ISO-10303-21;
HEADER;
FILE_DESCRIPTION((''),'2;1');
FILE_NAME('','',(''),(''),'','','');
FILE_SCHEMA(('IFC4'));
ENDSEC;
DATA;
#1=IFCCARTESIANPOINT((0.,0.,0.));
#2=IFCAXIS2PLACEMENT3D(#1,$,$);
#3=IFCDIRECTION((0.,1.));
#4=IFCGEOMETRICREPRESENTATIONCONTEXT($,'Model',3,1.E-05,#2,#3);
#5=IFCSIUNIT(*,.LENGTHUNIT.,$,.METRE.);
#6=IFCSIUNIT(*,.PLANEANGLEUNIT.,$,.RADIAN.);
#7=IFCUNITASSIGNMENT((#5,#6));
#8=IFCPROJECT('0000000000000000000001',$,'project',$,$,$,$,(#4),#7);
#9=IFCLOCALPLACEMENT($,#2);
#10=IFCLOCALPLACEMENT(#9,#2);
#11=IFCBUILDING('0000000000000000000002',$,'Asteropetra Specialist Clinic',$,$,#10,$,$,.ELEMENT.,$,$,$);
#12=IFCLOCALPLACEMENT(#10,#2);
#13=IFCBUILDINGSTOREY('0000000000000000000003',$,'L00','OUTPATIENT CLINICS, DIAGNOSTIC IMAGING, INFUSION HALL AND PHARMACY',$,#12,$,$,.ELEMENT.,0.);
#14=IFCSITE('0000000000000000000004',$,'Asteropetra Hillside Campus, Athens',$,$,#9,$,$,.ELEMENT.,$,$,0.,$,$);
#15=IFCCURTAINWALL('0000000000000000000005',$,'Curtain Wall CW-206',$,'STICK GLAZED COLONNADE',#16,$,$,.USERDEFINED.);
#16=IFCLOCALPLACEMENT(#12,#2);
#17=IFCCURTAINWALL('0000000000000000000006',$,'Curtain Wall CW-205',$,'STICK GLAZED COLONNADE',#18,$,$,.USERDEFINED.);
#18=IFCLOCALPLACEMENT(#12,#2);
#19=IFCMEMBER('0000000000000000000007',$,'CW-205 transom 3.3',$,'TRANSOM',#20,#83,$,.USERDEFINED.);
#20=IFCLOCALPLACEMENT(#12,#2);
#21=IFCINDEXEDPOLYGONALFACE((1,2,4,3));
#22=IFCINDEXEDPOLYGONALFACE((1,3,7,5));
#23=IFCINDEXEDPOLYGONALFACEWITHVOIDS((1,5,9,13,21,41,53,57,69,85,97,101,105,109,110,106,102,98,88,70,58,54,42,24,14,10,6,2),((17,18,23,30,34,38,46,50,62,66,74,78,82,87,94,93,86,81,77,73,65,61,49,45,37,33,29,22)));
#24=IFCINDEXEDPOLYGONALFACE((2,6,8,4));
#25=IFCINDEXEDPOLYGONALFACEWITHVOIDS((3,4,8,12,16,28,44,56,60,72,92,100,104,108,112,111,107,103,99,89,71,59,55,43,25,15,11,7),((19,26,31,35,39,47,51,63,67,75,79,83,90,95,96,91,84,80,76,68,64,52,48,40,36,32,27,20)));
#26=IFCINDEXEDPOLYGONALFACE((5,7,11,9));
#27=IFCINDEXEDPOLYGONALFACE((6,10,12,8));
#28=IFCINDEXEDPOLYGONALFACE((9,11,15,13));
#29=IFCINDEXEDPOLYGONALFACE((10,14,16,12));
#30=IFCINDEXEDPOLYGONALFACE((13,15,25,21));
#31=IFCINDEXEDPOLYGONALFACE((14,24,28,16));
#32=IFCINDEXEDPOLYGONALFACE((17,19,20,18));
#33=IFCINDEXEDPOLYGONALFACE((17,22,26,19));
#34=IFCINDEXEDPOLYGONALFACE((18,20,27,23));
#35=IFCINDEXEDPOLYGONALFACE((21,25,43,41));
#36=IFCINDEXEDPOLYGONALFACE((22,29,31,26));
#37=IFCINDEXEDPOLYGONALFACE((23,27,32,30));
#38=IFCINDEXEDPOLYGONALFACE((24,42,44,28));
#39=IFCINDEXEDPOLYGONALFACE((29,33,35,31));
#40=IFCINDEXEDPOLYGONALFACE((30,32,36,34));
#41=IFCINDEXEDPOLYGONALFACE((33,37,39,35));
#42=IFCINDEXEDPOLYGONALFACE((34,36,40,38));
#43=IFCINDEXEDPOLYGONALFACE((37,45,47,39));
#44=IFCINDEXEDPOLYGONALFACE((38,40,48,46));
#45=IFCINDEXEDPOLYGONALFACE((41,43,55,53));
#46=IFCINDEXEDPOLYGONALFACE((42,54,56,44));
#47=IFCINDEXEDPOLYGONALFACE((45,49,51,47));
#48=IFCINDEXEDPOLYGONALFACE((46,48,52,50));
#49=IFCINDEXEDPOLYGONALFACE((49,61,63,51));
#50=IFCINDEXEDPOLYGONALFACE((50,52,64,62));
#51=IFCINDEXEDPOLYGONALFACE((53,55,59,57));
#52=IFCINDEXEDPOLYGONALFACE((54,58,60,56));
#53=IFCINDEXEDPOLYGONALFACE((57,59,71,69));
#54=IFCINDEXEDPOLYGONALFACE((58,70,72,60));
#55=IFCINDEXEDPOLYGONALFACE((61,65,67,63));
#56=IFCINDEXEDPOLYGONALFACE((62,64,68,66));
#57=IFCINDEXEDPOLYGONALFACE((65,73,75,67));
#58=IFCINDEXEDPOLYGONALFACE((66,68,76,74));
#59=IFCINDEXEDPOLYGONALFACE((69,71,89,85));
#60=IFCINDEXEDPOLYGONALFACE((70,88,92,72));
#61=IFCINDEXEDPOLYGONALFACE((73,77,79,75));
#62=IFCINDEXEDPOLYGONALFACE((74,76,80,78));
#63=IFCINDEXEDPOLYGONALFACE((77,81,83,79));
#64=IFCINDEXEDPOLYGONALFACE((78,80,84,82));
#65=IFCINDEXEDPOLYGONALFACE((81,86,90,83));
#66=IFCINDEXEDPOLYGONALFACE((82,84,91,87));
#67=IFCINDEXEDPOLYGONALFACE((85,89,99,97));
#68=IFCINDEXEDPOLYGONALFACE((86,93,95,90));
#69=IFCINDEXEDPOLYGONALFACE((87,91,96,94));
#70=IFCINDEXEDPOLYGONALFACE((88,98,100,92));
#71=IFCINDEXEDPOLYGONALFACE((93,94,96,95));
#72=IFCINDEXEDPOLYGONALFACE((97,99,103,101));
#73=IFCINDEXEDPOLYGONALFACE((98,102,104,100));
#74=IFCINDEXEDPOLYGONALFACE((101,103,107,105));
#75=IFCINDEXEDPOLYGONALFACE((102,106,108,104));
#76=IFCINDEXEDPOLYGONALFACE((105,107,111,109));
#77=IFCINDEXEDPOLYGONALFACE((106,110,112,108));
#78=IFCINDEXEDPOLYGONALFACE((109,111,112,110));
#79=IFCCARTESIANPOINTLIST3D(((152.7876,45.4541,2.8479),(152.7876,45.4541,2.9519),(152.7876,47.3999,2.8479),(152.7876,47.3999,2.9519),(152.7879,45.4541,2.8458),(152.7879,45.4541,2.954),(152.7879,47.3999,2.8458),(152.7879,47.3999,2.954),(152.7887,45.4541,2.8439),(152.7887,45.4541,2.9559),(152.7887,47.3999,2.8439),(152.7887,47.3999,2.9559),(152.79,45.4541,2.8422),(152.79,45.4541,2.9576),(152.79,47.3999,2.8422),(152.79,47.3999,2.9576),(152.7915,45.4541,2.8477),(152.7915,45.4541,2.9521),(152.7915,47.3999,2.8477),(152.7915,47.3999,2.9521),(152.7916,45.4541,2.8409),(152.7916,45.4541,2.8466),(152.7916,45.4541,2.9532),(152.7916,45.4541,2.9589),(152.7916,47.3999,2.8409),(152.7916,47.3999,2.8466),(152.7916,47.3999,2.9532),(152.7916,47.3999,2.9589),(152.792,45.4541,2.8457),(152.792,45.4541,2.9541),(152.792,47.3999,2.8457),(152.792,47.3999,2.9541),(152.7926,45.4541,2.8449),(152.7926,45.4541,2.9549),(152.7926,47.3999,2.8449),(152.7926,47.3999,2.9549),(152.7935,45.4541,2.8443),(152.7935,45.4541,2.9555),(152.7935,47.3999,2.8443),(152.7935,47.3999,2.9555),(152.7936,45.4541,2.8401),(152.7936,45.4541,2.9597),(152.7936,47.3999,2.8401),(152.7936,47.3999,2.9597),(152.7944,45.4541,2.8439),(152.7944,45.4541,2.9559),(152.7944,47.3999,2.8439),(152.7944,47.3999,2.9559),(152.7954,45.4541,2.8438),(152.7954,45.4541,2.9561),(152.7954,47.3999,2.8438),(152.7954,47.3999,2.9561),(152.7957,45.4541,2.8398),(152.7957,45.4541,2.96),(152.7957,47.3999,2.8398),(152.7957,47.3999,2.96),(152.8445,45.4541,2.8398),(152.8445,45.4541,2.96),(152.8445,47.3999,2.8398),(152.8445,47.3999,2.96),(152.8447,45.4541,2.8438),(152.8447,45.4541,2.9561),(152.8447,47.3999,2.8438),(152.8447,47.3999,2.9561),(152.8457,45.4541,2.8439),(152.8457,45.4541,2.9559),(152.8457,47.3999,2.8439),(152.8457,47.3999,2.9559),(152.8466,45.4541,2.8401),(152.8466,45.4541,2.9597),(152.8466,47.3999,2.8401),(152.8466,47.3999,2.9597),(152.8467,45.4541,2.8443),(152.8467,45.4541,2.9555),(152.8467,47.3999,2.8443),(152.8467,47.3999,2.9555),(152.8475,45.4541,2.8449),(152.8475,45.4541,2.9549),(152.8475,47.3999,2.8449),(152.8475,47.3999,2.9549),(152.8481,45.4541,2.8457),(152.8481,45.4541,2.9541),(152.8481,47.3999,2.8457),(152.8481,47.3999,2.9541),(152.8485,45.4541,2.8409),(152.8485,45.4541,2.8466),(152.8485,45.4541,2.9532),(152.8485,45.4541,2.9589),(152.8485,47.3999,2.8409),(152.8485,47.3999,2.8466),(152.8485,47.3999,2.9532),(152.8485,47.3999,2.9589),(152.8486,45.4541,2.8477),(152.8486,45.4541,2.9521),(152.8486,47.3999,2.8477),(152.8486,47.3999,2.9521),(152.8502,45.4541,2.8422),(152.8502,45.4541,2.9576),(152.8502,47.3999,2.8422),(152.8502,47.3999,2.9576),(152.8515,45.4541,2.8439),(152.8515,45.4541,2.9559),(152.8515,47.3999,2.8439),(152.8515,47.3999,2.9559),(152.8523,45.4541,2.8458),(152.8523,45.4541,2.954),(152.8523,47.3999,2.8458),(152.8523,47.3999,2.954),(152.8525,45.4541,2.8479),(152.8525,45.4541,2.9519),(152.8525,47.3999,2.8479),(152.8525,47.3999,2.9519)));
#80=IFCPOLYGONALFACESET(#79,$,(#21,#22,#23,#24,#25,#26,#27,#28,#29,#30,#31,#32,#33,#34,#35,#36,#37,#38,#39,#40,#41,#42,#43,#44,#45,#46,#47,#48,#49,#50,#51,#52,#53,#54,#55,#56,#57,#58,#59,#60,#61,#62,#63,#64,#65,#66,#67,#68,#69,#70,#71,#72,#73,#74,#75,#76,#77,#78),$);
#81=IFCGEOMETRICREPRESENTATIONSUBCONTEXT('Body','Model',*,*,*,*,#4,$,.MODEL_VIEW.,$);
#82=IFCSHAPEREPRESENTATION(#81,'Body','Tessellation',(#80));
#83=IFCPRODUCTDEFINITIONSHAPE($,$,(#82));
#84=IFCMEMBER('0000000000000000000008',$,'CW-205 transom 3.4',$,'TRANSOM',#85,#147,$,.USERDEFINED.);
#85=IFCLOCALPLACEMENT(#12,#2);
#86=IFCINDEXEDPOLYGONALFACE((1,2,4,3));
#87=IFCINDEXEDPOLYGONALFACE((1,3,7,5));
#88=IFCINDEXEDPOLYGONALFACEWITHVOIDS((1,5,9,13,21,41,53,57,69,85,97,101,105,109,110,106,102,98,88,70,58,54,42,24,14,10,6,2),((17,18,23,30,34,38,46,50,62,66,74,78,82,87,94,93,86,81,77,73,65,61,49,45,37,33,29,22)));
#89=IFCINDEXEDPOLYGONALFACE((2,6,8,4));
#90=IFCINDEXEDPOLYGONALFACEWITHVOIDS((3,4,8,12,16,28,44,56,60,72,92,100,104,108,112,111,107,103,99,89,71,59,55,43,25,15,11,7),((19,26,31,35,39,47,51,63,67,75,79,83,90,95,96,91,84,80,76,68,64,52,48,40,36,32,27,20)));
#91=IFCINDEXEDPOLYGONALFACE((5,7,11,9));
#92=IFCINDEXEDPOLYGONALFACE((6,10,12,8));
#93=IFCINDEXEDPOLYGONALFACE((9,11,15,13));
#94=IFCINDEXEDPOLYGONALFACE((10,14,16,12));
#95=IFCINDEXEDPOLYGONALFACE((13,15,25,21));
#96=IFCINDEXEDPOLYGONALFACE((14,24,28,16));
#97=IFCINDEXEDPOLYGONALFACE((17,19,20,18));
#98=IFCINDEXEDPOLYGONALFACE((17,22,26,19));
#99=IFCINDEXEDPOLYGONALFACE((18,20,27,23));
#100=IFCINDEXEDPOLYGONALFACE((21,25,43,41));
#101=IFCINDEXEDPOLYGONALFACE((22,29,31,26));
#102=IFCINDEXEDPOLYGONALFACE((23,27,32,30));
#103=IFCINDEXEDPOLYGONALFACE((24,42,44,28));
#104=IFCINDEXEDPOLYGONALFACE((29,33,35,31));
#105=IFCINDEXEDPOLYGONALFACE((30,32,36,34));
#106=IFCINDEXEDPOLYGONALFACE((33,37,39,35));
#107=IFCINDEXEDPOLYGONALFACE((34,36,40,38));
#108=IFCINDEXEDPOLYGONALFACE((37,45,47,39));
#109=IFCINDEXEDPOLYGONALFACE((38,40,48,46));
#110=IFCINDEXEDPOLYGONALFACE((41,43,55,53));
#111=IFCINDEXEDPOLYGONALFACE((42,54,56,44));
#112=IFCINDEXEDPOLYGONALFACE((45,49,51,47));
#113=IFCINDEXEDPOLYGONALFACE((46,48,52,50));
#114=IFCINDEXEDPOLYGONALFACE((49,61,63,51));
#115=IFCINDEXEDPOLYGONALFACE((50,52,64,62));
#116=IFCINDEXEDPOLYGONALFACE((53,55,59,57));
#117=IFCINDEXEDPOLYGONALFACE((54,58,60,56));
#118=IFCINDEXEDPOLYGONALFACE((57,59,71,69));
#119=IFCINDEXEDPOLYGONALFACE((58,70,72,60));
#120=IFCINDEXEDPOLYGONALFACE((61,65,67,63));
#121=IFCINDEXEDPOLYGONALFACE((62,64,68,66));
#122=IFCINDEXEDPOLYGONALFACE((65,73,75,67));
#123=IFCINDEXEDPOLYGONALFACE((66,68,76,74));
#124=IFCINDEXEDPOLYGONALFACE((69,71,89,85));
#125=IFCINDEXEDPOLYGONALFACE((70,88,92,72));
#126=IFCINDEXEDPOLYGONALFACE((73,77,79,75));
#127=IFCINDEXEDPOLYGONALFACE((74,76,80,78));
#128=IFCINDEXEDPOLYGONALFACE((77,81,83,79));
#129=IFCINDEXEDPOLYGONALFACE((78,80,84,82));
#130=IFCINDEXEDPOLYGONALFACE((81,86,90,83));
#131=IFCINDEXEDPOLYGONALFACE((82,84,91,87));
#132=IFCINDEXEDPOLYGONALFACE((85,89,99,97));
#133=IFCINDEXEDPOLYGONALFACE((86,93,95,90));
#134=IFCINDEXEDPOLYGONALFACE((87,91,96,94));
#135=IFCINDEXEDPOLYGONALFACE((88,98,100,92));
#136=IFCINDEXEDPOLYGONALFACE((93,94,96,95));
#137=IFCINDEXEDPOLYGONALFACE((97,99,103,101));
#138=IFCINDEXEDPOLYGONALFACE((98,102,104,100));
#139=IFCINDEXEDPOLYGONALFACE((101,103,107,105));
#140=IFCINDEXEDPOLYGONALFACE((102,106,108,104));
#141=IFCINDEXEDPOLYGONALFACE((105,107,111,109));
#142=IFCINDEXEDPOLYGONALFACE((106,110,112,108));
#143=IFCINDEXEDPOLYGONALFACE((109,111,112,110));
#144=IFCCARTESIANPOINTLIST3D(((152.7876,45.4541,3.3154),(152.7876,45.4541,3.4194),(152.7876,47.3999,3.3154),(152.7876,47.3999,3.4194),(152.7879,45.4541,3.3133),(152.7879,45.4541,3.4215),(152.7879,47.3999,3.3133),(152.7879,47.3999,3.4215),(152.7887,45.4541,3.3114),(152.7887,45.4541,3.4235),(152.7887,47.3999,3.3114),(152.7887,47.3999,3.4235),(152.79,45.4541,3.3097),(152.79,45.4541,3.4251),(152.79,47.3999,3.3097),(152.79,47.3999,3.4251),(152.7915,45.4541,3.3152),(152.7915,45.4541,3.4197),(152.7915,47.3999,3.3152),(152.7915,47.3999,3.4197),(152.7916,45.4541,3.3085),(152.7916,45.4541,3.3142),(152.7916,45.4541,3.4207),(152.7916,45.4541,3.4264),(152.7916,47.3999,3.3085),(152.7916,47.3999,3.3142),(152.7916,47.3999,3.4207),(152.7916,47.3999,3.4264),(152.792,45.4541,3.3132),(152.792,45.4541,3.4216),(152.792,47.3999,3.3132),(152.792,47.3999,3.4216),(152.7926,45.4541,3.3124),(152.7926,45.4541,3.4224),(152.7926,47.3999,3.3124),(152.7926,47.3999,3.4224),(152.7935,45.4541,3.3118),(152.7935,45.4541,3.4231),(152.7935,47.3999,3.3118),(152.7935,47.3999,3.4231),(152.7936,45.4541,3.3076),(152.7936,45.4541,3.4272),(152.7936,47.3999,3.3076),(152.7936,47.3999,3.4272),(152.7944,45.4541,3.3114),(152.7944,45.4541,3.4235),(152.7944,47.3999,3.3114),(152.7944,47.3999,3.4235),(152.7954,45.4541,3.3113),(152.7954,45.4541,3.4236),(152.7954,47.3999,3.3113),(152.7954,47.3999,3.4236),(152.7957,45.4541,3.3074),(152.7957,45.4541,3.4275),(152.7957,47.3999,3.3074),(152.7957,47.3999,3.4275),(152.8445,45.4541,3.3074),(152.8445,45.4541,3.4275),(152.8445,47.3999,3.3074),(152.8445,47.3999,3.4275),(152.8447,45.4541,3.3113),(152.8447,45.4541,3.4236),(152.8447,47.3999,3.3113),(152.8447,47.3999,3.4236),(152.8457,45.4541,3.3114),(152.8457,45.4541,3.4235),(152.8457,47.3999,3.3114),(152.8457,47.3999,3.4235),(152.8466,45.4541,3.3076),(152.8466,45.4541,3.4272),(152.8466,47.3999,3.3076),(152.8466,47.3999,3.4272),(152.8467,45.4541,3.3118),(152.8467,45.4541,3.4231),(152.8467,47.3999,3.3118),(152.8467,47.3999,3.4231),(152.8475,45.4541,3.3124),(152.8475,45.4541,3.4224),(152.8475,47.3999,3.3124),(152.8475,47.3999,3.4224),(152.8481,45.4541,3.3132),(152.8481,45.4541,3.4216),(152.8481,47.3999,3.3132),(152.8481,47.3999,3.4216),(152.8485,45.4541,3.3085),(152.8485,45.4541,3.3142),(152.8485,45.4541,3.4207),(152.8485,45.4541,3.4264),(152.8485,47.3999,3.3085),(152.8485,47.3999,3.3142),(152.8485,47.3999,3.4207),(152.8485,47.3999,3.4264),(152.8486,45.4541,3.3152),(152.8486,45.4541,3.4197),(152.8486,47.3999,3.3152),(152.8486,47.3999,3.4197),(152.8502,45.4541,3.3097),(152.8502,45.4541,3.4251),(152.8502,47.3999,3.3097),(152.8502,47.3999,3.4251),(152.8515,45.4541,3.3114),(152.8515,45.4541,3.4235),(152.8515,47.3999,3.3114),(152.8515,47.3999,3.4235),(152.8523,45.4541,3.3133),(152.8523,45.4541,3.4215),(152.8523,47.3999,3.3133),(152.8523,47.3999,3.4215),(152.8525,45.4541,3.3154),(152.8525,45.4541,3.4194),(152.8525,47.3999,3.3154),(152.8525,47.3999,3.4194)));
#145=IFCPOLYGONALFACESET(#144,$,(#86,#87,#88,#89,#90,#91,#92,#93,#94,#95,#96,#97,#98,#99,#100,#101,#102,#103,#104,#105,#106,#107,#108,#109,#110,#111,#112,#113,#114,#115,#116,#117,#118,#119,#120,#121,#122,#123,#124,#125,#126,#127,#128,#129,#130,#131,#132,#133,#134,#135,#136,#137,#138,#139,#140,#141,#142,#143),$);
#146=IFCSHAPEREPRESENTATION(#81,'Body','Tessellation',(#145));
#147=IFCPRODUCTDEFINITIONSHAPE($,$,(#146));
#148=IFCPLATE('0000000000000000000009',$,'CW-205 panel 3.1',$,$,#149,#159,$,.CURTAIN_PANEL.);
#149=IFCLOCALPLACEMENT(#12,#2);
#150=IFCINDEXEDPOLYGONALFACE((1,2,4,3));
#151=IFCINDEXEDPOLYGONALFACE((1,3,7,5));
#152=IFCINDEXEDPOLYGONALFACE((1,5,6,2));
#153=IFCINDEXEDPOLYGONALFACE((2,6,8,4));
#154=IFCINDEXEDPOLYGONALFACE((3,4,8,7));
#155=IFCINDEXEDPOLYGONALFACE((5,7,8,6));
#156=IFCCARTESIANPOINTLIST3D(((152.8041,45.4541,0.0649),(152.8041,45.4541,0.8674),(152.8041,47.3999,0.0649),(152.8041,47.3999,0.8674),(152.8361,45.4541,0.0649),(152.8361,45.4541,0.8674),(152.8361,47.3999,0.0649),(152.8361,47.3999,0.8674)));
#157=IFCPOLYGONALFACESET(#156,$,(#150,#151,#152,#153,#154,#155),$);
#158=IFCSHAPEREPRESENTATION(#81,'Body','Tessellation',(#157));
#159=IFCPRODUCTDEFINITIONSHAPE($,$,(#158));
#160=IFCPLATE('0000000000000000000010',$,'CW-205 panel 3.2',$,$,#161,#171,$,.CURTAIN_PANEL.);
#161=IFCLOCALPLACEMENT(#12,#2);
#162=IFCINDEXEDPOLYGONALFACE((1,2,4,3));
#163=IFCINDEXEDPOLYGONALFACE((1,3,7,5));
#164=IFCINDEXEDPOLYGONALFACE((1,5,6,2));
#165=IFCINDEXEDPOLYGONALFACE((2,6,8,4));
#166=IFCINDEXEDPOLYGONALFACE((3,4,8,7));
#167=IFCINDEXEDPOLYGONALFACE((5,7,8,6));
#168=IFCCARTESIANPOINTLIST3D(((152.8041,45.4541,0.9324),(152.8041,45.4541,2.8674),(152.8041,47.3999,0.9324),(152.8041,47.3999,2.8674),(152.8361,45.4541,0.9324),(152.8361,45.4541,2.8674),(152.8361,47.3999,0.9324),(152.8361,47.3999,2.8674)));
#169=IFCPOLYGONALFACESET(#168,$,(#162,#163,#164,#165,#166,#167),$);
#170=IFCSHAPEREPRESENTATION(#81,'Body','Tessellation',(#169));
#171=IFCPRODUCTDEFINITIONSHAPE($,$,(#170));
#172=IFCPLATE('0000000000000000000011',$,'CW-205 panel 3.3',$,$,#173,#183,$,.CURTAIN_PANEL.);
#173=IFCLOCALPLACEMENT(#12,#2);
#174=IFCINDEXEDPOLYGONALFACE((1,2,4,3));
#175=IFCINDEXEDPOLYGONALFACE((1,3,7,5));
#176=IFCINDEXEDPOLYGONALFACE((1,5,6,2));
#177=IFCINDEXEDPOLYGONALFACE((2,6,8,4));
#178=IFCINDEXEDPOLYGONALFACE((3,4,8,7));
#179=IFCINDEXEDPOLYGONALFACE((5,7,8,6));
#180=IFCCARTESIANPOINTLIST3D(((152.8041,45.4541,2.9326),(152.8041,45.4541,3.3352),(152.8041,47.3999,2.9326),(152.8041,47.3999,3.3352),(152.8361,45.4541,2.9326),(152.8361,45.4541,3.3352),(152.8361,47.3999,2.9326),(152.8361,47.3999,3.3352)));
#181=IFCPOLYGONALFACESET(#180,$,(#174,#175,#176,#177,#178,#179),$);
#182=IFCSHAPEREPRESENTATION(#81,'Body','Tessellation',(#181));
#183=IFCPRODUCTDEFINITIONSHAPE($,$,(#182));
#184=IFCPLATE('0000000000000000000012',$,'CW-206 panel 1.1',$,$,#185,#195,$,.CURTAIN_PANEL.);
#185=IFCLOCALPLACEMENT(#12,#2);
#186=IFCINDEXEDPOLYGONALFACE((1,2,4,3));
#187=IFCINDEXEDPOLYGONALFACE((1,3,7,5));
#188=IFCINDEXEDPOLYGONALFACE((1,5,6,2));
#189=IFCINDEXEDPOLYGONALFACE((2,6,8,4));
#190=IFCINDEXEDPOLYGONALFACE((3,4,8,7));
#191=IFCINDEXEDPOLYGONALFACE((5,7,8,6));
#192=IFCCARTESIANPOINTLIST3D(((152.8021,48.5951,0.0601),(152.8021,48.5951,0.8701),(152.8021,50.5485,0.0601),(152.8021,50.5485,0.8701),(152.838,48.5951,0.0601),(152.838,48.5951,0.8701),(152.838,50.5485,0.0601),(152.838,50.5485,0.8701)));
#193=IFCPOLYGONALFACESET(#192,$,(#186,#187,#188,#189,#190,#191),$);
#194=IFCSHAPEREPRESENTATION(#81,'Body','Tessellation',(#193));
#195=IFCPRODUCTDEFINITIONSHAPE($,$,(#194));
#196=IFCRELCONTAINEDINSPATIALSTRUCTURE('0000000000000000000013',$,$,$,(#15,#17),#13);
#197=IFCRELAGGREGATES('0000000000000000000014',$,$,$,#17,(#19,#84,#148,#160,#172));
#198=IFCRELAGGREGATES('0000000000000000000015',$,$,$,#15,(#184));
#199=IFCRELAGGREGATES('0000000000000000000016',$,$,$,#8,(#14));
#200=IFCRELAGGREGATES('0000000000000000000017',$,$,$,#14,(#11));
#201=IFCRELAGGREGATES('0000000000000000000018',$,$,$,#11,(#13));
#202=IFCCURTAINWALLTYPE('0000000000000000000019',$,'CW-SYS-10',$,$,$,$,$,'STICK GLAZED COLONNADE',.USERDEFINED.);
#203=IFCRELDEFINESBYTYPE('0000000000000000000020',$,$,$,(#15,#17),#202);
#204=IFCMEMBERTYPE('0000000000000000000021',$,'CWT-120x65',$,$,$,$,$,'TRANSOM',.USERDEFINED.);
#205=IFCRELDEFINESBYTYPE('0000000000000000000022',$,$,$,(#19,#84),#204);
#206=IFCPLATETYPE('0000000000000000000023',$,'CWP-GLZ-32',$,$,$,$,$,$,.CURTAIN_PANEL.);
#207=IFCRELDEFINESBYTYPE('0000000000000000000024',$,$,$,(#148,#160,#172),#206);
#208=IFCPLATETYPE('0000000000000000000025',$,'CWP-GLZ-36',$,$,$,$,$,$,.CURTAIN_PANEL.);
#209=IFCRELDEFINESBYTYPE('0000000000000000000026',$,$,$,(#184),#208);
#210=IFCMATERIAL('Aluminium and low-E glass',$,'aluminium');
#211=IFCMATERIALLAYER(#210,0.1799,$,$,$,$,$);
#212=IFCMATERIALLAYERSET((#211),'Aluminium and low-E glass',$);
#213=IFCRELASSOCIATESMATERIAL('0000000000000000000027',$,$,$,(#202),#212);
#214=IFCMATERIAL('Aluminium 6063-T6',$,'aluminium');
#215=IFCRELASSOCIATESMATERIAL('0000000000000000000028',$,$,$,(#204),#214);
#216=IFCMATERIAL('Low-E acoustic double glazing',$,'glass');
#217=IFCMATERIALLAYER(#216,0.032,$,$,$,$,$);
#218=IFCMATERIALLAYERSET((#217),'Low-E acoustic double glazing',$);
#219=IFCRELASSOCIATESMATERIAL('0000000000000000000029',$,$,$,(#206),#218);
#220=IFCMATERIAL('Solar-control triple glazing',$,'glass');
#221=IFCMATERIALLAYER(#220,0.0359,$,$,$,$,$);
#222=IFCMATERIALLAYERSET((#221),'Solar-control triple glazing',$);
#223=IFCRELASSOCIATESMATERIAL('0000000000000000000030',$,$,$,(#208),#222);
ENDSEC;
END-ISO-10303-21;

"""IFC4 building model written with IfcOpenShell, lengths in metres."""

from ifc_helpers import new_model, si_unit, direction, frame, origin, origin_2d, place, context, subcontext, project, spatial, rectangle, hollow_rectangle, extrude, material, layer, layer_set, material_profile, profile_set, type_object, element, aggregate, save


model = new_model("IFC4")

# Units and contexts
model_context = context("Model", 3, precision=1e-05, world=origin(), true_north=direction((0.0, 1.0)))
body_context = subcontext(model_context, "Body", "Model", "MODEL_VIEW")
ifc_project = project(units=[si_unit("LENGTHUNIT", "METRE"), si_unit("PLANEANGLEUNIT", "RADIAN")], contexts=[model_context])

# Site, building, storey
site_placement = place(None, origin())
site = spatial("IfcSite", under=ifc_project, at=site_placement, Name="Asteropetra Hillside Campus, Athens", CompositionType="ELEMENT", RefElevation=0.0)
building_placement = place(site_placement, origin())
building = spatial("IfcBuilding", under=site, at=building_placement, Name="Asteropetra Specialist Clinic", CompositionType="ELEMENT")
storey_placement = place(building_placement, origin())
storey = spatial("IfcBuildingStorey", under=building, at=storey_placement, Name="L00", Description="OUTPATIENT CLINICS, DIAGNOSTIC IMAGING, INFUSION HALL AND PHARMACY", CompositionType="ELEMENT", Elevation=0.0)

# Curtain walls
ifc_material_1 = material(Name="Aluminium and low-E glass", Category="aluminium")
ifc_layer_1 = layer(ifc_material_1, 0.1799)
ifc_layer_set_1 = layer_set([ifc_layer_1], Name="Aluminium and low-E glass")
curtain_wall_type = type_object("IfcCurtainWallType", Name="CW-SYS-10", ElementType="STICK GLAZED COLONNADE", PredefinedType="USERDEFINED", material=ifc_layer_set_1)
curtain_wall_1_placement = place(storey_placement, origin())
curtain_wall_1 = element("IfcCurtainWall", 1, at=curtain_wall_1_placement, inside=storey, type_object=curtain_wall_type, Name="Curtain Wall CW-206", ObjectType="STICK GLAZED COLONNADE", PredefinedType="USERDEFINED")
curtain_wall_2_placement = place(storey_placement, origin())
curtain_wall_2 = element("IfcCurtainWall", 2, at=curtain_wall_2_placement, inside=storey, type_object=curtain_wall_type, Name="Curtain Wall CW-205", ObjectType="STICK GLAZED COLONNADE", PredefinedType="USERDEFINED")

# Members
ifc_material_2 = material(Name="Aluminium 6063-T6", Category="aluminium")
ifc_material_profile_1 = material_profile(ifc_material_2, hollow_rectangle(XDim=0.0649, YDim=0.1201, WallThickness=0.0039, InnerFilletRadius=0.0039, OuterFilletRadius=0.0081, at=origin_2d()), Name="TRN 120x65x4.0")
ifc_profile_set_1 = profile_set([ifc_material_profile_1], Name="Aluminium 6063-T6")
member_type_1 = type_object("IfcMemberType", Name="CWT-120x65", ElementType="TRANSOM", PredefinedType="USERDEFINED", material=ifc_profile_set_1)
member_1_placement = place(storey_placement, frame((152.8201, 45.4541, 2.8999), z_axis=(0.0, 1.0, 0.0), x_axis=(-1.0, 0.0, 0.0)))
member_1 = element("IfcMember", 3, at=member_1_placement, type_object=member_type_1, Name="CW-205 transom 3.3", ObjectType="TRANSOM", PredefinedType="USERDEFINED", context=body_context, shape_type="SweptSolid", body=[
    extrude(hollow_rectangle(XDim=0.0649, YDim=0.1201, WallThickness=0.0039, InnerFilletRadius=0.0039, OuterFilletRadius=0.0081, at=origin_2d()), origin(), (0.0, 0.0, 1.0), 1.9458),
])
member_2_placement = place(storey_placement, frame((152.8201, 45.4541, 3.3674), z_axis=(0.0, 1.0, 0.0), x_axis=(-1.0, 0.0, 0.0)))
member_2 = element("IfcMember", 4, at=member_2_placement, type_object=member_type_1, Name="CW-205 transom 3.4", ObjectType="TRANSOM", PredefinedType="USERDEFINED", context=body_context, shape_type="SweptSolid", body=[
    extrude(hollow_rectangle(XDim=0.0649, YDim=0.1201, WallThickness=0.0039, InnerFilletRadius=0.0039, OuterFilletRadius=0.0081, at=origin_2d()), origin(), (0.0, 0.0, 1.0), 1.9458),
])

# Plates
ifc_material_3 = material(Name="Low-E acoustic double glazing", Category="glass")
ifc_layer_2 = layer(ifc_material_3, 0.032)
ifc_layer_set_2 = layer_set([ifc_layer_2], Name="Low-E acoustic double glazing")
plate_type_1 = type_object("IfcPlateType", Name="CWP-GLZ-32", PredefinedType="CURTAIN_PANEL", material=ifc_layer_set_2)
plate_1_placement = place(storey_placement, frame((152.8201, 46.427, 0.0649), z_axis=(0.0, 0.0, 1.0), x_axis=(0.0, 1.0, 0.0)))
plate_1 = element("IfcPlate", 5, at=plate_1_placement, type_object=plate_type_1, Name="CW-205 panel 3.1", PredefinedType="CURTAIN_PANEL", context=body_context, shape_type="SweptSolid", body=[
    extrude(rectangle(XDim=1.9458, YDim=0.032, at=origin_2d()), origin(), (0.0, 0.0, 1.0), 0.8025),
])
plate_2_placement = place(storey_placement, frame((152.8201, 46.427, 0.9324), z_axis=(0.0, 0.0, 1.0), x_axis=(0.0, 1.0, 0.0)))
plate_2 = element("IfcPlate", 6, at=plate_2_placement, type_object=plate_type_1, Name="CW-205 panel 3.2", PredefinedType="CURTAIN_PANEL", context=body_context, shape_type="SweptSolid", body=[
    extrude(rectangle(XDim=1.9458, YDim=0.032, at=origin_2d()), origin(), (0.0, 0.0, 1.0), 1.9351),
])
plate_3_placement = place(storey_placement, frame((152.8201, 46.427, 2.9326), z_axis=(0.0, 0.0, 1.0), x_axis=(0.0, 1.0, 0.0)))
plate_3 = element("IfcPlate", 7, at=plate_3_placement, type_object=plate_type_1, Name="CW-205 panel 3.3", PredefinedType="CURTAIN_PANEL", context=body_context, shape_type="SweptSolid", body=[
    extrude(rectangle(XDim=1.9458, YDim=0.032, at=origin_2d()), origin(), (0.0, 0.0, 1.0), 0.4026),
])
aggregate(curtain_wall_2, [member_1, member_2, plate_1, plate_2, plate_3])
ifc_material_4 = material(Name="Solar-control triple glazing", Category="glass")
ifc_layer_3 = layer(ifc_material_4, 0.0359)
ifc_layer_set_3 = layer_set([ifc_layer_3], Name="Solar-control triple glazing")
plate_type_2 = type_object("IfcPlateType", Name="CWP-GLZ-36", PredefinedType="CURTAIN_PANEL", material=ifc_layer_set_3)
plate_4_placement = place(storey_placement, frame((152.8201, 49.5718, 0.0601), z_axis=(0.0, 0.0, 1.0), x_axis=(0.0, 1.0, 0.0)))
plate_4 = element("IfcPlate", 8, at=plate_4_placement, type_object=plate_type_2, Name="CW-206 panel 1.1", PredefinedType="CURTAIN_PANEL", context=body_context, shape_type="SweptSolid", body=[
    extrude(rectangle(XDim=1.9534, YDim=0.0359, at=origin_2d()), origin(), (0.0, 0.0, 1.0), 0.8101),
])
aggregate(curtain_wall_1, [plate_4])

save(model, "model.ifc")
